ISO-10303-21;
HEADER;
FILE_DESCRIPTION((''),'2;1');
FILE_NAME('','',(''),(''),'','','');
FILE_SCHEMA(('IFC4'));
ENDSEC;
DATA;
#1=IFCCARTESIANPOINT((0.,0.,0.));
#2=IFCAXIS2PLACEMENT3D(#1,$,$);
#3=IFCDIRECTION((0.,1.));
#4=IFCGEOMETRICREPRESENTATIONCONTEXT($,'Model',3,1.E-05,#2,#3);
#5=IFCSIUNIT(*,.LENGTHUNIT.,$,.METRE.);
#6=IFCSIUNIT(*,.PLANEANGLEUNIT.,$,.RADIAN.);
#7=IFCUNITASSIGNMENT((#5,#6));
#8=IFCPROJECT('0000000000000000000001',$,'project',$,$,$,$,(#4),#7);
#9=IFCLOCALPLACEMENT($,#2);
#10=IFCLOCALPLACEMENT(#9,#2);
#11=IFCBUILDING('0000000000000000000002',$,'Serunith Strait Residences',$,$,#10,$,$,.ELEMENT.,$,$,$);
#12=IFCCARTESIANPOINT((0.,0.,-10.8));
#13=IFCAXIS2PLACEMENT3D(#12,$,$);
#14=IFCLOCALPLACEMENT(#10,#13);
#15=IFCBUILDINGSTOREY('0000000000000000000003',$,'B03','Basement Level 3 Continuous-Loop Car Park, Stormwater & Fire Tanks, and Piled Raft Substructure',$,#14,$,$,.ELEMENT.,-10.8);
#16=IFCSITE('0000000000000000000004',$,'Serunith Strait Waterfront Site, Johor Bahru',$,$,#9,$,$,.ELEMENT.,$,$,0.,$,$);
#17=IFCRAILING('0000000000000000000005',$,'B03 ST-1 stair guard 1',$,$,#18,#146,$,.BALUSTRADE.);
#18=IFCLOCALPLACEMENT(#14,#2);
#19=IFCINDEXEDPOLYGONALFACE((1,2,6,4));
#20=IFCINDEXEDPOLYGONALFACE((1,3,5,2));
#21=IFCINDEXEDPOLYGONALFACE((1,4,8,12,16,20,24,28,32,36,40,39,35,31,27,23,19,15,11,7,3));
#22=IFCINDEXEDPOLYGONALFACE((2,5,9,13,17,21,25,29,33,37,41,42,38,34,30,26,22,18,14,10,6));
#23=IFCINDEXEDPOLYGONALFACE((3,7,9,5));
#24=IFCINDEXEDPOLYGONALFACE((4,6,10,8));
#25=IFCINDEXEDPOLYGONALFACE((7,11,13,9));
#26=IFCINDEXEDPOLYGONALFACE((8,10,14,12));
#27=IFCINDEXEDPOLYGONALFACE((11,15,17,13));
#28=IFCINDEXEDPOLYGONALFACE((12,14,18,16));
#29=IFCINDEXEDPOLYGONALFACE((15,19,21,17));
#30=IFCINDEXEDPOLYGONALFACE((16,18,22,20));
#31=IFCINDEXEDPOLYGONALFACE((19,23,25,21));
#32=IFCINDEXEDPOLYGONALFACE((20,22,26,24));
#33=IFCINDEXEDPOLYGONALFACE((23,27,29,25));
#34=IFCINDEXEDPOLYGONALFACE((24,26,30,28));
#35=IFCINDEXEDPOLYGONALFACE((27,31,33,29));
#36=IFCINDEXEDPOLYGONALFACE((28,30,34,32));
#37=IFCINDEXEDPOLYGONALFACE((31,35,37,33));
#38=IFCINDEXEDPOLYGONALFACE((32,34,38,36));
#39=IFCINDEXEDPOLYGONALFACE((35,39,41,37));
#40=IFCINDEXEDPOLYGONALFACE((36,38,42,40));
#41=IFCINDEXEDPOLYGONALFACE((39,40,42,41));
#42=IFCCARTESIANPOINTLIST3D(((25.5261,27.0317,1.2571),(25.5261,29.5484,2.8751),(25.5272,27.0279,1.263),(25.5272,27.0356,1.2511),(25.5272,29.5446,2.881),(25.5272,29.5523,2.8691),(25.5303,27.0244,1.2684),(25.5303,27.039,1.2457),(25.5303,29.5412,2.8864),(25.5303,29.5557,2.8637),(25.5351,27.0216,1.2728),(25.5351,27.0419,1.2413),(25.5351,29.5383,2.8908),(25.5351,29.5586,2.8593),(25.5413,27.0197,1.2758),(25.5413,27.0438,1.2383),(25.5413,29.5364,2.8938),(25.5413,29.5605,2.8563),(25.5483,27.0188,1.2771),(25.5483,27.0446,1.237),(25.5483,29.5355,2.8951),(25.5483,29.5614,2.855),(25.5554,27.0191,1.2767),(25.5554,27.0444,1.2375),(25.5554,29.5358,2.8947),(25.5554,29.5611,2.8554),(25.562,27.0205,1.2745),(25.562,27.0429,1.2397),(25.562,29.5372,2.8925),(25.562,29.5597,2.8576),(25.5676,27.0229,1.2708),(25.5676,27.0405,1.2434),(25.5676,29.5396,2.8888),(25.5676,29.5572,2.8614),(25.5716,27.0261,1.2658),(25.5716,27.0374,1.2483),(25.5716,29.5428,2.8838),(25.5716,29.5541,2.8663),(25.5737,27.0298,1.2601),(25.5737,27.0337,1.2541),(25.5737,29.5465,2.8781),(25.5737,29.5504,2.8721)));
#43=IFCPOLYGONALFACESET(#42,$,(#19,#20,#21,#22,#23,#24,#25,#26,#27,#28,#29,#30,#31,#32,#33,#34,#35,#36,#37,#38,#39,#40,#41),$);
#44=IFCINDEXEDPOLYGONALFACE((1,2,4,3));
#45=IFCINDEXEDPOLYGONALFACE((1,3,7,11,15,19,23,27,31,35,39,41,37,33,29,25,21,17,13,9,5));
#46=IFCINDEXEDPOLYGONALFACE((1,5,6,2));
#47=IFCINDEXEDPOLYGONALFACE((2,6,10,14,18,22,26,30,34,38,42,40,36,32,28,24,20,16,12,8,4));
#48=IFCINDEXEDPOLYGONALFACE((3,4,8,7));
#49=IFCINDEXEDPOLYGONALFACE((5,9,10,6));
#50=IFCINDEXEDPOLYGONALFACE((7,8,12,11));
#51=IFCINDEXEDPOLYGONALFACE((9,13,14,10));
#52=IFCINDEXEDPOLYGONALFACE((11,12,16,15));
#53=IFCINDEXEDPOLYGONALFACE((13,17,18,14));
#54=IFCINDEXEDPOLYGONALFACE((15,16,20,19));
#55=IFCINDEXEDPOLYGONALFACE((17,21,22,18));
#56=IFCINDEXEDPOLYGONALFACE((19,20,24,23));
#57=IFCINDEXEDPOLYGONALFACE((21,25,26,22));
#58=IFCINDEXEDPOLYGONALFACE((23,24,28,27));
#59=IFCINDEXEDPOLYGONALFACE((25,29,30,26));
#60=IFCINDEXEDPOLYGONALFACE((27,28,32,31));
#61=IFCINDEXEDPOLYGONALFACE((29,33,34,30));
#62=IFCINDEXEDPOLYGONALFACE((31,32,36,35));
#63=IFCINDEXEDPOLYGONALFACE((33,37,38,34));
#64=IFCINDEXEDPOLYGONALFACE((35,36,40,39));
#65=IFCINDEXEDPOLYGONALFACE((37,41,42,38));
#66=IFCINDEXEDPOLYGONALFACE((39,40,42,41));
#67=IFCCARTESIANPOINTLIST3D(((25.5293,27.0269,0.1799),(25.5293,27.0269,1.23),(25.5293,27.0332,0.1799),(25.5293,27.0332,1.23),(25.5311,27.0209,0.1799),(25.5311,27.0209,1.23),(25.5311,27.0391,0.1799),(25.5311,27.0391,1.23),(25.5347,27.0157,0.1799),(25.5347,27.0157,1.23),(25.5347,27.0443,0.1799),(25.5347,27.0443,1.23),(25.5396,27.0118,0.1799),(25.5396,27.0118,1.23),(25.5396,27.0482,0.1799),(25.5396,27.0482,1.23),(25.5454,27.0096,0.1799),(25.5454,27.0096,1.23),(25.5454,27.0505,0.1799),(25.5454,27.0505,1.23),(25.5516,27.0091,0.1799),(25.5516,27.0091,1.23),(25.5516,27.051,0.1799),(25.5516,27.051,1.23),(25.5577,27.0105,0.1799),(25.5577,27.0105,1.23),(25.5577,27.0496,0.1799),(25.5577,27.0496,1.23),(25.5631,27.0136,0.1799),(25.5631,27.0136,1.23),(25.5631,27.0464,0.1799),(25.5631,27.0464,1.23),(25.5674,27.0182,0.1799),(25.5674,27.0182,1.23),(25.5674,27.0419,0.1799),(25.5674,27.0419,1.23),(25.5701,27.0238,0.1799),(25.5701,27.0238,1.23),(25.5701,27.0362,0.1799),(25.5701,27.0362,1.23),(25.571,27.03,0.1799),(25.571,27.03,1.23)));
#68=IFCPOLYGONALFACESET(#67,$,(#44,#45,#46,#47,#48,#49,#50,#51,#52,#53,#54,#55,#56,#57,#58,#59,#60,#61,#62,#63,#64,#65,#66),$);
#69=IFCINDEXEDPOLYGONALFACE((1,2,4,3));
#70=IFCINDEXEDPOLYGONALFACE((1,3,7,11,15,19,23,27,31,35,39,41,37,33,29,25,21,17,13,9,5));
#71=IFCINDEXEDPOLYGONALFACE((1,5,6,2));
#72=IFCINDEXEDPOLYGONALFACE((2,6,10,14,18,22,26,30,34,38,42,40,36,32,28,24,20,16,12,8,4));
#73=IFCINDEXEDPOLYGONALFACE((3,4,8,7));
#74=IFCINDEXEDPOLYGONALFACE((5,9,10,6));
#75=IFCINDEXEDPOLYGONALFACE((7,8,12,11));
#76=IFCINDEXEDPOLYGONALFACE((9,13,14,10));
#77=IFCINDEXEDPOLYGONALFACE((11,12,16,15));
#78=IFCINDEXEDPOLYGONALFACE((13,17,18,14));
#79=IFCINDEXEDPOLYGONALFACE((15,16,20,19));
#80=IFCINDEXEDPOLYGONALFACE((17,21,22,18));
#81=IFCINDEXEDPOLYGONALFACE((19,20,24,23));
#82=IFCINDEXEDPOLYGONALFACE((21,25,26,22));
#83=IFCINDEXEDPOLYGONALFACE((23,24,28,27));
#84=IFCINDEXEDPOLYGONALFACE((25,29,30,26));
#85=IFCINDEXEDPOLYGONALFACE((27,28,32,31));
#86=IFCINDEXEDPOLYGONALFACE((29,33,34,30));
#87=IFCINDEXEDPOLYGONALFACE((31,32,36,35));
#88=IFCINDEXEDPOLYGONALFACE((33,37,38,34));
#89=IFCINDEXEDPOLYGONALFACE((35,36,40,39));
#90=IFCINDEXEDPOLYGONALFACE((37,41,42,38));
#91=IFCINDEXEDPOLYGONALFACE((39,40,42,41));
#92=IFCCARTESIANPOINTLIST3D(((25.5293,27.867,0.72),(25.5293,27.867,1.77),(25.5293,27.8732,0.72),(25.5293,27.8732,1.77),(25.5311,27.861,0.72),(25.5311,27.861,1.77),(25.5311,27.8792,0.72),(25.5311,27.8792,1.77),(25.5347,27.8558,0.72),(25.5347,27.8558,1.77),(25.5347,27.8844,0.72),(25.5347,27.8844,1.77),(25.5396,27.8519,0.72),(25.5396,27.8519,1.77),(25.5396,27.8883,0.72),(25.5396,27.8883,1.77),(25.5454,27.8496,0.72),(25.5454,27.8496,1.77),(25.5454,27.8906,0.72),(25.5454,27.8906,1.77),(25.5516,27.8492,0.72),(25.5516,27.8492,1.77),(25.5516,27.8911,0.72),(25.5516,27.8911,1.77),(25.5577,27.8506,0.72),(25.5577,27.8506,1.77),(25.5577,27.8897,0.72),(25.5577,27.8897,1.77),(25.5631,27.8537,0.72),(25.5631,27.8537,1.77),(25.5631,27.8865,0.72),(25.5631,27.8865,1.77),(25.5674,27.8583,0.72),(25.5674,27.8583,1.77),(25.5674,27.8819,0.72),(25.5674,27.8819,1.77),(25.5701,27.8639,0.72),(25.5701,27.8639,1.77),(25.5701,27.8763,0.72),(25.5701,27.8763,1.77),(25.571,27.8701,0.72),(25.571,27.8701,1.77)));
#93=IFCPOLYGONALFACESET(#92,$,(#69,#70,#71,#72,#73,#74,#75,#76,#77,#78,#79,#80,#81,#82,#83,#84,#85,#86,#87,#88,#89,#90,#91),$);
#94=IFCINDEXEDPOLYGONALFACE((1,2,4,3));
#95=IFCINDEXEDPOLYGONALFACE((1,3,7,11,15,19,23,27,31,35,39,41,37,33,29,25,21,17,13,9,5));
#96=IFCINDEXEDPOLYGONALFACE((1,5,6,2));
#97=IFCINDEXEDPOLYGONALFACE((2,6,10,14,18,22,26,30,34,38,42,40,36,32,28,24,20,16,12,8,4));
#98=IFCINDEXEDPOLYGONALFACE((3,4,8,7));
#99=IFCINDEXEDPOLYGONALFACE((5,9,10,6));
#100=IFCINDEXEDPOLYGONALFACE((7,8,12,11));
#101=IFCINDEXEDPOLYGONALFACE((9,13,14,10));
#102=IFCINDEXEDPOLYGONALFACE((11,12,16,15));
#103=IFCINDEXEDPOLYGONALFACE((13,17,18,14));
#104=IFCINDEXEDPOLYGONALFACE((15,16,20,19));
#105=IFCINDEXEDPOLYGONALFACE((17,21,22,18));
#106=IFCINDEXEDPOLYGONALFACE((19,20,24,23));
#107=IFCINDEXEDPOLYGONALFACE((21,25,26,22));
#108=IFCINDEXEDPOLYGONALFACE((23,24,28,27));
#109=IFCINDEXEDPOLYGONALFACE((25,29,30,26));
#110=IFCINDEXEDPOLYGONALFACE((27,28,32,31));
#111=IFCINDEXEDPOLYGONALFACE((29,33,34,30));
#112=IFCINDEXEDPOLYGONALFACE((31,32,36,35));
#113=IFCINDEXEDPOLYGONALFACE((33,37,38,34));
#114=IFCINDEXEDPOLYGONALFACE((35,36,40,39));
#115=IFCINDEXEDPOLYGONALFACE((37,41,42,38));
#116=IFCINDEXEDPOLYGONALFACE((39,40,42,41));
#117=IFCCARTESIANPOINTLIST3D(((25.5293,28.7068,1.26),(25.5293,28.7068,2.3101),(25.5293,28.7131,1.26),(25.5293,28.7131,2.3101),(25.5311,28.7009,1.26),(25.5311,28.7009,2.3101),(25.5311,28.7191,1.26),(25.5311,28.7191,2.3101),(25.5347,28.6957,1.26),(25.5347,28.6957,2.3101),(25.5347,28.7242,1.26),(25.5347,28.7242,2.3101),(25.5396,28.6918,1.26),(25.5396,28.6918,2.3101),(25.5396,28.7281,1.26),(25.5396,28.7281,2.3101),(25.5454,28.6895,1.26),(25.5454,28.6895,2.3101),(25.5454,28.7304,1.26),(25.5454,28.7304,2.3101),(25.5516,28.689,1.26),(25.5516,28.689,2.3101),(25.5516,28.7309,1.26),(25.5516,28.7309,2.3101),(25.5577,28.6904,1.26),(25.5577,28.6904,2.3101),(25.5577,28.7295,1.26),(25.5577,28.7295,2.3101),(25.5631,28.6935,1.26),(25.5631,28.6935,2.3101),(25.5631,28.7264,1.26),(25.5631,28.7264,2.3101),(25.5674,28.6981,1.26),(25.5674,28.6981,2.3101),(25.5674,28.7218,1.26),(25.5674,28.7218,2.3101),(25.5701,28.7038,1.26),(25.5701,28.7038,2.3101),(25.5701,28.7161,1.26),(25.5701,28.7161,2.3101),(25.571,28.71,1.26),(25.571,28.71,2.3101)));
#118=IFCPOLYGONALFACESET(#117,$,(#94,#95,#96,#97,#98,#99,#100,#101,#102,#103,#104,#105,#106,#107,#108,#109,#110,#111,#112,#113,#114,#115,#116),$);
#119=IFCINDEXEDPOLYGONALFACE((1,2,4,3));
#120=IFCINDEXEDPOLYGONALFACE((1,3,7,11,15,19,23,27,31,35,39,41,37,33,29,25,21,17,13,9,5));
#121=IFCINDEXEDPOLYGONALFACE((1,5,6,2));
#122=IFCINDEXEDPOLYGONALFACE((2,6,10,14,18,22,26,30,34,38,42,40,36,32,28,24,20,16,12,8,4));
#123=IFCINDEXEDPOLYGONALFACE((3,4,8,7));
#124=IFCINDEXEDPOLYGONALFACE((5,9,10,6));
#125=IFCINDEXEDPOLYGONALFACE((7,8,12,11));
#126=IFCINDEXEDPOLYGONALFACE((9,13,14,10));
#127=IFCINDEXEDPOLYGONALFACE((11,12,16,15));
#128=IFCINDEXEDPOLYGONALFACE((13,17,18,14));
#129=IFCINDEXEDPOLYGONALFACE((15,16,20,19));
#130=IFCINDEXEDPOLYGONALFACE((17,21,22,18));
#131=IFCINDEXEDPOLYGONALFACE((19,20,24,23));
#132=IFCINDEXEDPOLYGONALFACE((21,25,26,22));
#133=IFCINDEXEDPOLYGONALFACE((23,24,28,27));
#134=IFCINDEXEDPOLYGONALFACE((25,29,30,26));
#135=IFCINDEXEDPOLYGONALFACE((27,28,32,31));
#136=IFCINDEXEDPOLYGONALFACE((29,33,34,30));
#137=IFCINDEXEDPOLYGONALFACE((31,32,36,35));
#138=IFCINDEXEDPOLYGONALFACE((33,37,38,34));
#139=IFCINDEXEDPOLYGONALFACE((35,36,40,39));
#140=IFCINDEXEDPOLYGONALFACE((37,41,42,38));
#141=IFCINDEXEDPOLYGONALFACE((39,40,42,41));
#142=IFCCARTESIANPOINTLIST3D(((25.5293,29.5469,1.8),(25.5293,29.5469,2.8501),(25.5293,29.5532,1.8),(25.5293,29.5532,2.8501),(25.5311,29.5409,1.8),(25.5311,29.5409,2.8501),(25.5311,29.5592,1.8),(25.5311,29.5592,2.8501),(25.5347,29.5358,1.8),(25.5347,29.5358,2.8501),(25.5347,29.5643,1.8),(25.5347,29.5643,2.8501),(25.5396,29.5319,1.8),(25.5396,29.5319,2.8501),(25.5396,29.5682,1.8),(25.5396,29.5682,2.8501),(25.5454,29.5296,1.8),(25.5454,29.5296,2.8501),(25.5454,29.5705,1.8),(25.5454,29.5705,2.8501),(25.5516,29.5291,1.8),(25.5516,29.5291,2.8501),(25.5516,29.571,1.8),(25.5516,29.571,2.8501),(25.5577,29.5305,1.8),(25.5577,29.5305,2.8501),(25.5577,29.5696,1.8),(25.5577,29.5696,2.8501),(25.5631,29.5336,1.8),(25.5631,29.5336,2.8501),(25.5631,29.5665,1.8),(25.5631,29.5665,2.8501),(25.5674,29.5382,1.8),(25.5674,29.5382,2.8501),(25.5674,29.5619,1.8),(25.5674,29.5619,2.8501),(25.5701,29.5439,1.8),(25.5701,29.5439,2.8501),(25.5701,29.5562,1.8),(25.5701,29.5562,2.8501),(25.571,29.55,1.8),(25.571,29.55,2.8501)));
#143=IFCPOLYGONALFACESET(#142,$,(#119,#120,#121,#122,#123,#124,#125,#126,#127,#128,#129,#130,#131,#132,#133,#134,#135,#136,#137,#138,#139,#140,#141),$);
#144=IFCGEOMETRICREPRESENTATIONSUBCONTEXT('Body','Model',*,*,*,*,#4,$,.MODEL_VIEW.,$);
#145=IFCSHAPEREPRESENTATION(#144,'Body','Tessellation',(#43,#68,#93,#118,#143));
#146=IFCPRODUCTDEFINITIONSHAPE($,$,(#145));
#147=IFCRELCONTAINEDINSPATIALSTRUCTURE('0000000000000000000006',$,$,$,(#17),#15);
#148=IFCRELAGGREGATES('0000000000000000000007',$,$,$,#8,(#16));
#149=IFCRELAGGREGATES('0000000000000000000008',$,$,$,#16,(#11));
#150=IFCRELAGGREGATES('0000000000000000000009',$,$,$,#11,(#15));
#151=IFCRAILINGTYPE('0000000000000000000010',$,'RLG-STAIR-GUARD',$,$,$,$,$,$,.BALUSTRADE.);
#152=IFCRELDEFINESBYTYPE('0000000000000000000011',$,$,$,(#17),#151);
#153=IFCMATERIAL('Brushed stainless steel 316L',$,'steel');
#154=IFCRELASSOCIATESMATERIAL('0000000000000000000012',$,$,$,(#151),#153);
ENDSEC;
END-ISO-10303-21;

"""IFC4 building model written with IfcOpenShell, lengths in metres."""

from ifc_helpers import new_model, si_unit, direction, frame, origin, origin_2d, place, context, subcontext, project, spatial, circle, extrude, material, type_object, element, save


model = new_model("IFC4")

# Units and contexts
model_context = context("Model", 3, precision=1e-05, world=origin(), true_north=direction((0.0, 1.0)))
body_context = subcontext(model_context, "Body", "Model", "MODEL_VIEW")
ifc_project = project(units=[si_unit("LENGTHUNIT", "METRE"), si_unit("PLANEANGLEUNIT", "RADIAN")], contexts=[model_context])

# Site, building, storey
site_placement = place(None, origin())
site = spatial("IfcSite", under=ifc_project, at=site_placement, Name="Serunith Strait Waterfront Site, Johor Bahru", CompositionType="ELEMENT", RefElevation=0.0)
building_placement = place(site_placement, origin())
building = spatial("IfcBuilding", under=site, at=building_placement, Name="Serunith Strait Residences", CompositionType="ELEMENT")
storey_placement = place(building_placement, frame((0.0, 0.0, -10.8)))
storey = spatial("IfcBuildingStorey", under=building, at=storey_placement, Name="B03", Description="Basement Level 3 Continuous-Loop Car Park, Stormwater & Fire Tanks, and Piled Raft Substructure", CompositionType="ELEMENT", Elevation=-10.8)

# Railing
ifc_material_1 = material(Name="Brushed stainless steel 316L", Category="steel")
railing_type_1 = type_object("IfcRailingType", Name="RLG-STAIR-GUARD", PredefinedType="BALUSTRADE", material=ifc_material_1)
railing_1_placement = place(storey_placement, frame((25.55, 27.03, 0.1799)))
element("IfcRailing", 1, at=railing_1_placement, inside=storey, type_object=railing_type_1, Name="B03 ST-1 stair guard 1", PredefinedType="BALUSTRADE", context=body_context, shape_type="SweptSolid", body=[
    extrude(circle(Radius=0.0239, at=origin_2d()), frame((0.0, 0.0017, 1.0771), z_axis=(0.0, 0.841163, 0.540782), x_axis=(-1.0, 0.0, 0.0)), (0.0, 0.0, 1.0), 2.9919),
    extrude(circle(Radius=0.021, at=origin_2d()), origin(), (0.0, 0.0, 1.0), 1.05),
    extrude(circle(Radius=0.021, at=origin_2d()), frame((0.0, 0.8401, 0.54)), (0.0, 0.0, 1.0), 1.05),
    extrude(circle(Radius=0.021, at=origin_2d()), frame((0.0, 1.6799, 1.0801)), (0.0, 0.0, 1.0), 1.05),
    extrude(circle(Radius=0.021, at=origin_2d()), frame((0.0, 2.52, 1.6201)), (0.0, 0.0, 1.0), 1.05),
])

save(model, "model.ifc")
